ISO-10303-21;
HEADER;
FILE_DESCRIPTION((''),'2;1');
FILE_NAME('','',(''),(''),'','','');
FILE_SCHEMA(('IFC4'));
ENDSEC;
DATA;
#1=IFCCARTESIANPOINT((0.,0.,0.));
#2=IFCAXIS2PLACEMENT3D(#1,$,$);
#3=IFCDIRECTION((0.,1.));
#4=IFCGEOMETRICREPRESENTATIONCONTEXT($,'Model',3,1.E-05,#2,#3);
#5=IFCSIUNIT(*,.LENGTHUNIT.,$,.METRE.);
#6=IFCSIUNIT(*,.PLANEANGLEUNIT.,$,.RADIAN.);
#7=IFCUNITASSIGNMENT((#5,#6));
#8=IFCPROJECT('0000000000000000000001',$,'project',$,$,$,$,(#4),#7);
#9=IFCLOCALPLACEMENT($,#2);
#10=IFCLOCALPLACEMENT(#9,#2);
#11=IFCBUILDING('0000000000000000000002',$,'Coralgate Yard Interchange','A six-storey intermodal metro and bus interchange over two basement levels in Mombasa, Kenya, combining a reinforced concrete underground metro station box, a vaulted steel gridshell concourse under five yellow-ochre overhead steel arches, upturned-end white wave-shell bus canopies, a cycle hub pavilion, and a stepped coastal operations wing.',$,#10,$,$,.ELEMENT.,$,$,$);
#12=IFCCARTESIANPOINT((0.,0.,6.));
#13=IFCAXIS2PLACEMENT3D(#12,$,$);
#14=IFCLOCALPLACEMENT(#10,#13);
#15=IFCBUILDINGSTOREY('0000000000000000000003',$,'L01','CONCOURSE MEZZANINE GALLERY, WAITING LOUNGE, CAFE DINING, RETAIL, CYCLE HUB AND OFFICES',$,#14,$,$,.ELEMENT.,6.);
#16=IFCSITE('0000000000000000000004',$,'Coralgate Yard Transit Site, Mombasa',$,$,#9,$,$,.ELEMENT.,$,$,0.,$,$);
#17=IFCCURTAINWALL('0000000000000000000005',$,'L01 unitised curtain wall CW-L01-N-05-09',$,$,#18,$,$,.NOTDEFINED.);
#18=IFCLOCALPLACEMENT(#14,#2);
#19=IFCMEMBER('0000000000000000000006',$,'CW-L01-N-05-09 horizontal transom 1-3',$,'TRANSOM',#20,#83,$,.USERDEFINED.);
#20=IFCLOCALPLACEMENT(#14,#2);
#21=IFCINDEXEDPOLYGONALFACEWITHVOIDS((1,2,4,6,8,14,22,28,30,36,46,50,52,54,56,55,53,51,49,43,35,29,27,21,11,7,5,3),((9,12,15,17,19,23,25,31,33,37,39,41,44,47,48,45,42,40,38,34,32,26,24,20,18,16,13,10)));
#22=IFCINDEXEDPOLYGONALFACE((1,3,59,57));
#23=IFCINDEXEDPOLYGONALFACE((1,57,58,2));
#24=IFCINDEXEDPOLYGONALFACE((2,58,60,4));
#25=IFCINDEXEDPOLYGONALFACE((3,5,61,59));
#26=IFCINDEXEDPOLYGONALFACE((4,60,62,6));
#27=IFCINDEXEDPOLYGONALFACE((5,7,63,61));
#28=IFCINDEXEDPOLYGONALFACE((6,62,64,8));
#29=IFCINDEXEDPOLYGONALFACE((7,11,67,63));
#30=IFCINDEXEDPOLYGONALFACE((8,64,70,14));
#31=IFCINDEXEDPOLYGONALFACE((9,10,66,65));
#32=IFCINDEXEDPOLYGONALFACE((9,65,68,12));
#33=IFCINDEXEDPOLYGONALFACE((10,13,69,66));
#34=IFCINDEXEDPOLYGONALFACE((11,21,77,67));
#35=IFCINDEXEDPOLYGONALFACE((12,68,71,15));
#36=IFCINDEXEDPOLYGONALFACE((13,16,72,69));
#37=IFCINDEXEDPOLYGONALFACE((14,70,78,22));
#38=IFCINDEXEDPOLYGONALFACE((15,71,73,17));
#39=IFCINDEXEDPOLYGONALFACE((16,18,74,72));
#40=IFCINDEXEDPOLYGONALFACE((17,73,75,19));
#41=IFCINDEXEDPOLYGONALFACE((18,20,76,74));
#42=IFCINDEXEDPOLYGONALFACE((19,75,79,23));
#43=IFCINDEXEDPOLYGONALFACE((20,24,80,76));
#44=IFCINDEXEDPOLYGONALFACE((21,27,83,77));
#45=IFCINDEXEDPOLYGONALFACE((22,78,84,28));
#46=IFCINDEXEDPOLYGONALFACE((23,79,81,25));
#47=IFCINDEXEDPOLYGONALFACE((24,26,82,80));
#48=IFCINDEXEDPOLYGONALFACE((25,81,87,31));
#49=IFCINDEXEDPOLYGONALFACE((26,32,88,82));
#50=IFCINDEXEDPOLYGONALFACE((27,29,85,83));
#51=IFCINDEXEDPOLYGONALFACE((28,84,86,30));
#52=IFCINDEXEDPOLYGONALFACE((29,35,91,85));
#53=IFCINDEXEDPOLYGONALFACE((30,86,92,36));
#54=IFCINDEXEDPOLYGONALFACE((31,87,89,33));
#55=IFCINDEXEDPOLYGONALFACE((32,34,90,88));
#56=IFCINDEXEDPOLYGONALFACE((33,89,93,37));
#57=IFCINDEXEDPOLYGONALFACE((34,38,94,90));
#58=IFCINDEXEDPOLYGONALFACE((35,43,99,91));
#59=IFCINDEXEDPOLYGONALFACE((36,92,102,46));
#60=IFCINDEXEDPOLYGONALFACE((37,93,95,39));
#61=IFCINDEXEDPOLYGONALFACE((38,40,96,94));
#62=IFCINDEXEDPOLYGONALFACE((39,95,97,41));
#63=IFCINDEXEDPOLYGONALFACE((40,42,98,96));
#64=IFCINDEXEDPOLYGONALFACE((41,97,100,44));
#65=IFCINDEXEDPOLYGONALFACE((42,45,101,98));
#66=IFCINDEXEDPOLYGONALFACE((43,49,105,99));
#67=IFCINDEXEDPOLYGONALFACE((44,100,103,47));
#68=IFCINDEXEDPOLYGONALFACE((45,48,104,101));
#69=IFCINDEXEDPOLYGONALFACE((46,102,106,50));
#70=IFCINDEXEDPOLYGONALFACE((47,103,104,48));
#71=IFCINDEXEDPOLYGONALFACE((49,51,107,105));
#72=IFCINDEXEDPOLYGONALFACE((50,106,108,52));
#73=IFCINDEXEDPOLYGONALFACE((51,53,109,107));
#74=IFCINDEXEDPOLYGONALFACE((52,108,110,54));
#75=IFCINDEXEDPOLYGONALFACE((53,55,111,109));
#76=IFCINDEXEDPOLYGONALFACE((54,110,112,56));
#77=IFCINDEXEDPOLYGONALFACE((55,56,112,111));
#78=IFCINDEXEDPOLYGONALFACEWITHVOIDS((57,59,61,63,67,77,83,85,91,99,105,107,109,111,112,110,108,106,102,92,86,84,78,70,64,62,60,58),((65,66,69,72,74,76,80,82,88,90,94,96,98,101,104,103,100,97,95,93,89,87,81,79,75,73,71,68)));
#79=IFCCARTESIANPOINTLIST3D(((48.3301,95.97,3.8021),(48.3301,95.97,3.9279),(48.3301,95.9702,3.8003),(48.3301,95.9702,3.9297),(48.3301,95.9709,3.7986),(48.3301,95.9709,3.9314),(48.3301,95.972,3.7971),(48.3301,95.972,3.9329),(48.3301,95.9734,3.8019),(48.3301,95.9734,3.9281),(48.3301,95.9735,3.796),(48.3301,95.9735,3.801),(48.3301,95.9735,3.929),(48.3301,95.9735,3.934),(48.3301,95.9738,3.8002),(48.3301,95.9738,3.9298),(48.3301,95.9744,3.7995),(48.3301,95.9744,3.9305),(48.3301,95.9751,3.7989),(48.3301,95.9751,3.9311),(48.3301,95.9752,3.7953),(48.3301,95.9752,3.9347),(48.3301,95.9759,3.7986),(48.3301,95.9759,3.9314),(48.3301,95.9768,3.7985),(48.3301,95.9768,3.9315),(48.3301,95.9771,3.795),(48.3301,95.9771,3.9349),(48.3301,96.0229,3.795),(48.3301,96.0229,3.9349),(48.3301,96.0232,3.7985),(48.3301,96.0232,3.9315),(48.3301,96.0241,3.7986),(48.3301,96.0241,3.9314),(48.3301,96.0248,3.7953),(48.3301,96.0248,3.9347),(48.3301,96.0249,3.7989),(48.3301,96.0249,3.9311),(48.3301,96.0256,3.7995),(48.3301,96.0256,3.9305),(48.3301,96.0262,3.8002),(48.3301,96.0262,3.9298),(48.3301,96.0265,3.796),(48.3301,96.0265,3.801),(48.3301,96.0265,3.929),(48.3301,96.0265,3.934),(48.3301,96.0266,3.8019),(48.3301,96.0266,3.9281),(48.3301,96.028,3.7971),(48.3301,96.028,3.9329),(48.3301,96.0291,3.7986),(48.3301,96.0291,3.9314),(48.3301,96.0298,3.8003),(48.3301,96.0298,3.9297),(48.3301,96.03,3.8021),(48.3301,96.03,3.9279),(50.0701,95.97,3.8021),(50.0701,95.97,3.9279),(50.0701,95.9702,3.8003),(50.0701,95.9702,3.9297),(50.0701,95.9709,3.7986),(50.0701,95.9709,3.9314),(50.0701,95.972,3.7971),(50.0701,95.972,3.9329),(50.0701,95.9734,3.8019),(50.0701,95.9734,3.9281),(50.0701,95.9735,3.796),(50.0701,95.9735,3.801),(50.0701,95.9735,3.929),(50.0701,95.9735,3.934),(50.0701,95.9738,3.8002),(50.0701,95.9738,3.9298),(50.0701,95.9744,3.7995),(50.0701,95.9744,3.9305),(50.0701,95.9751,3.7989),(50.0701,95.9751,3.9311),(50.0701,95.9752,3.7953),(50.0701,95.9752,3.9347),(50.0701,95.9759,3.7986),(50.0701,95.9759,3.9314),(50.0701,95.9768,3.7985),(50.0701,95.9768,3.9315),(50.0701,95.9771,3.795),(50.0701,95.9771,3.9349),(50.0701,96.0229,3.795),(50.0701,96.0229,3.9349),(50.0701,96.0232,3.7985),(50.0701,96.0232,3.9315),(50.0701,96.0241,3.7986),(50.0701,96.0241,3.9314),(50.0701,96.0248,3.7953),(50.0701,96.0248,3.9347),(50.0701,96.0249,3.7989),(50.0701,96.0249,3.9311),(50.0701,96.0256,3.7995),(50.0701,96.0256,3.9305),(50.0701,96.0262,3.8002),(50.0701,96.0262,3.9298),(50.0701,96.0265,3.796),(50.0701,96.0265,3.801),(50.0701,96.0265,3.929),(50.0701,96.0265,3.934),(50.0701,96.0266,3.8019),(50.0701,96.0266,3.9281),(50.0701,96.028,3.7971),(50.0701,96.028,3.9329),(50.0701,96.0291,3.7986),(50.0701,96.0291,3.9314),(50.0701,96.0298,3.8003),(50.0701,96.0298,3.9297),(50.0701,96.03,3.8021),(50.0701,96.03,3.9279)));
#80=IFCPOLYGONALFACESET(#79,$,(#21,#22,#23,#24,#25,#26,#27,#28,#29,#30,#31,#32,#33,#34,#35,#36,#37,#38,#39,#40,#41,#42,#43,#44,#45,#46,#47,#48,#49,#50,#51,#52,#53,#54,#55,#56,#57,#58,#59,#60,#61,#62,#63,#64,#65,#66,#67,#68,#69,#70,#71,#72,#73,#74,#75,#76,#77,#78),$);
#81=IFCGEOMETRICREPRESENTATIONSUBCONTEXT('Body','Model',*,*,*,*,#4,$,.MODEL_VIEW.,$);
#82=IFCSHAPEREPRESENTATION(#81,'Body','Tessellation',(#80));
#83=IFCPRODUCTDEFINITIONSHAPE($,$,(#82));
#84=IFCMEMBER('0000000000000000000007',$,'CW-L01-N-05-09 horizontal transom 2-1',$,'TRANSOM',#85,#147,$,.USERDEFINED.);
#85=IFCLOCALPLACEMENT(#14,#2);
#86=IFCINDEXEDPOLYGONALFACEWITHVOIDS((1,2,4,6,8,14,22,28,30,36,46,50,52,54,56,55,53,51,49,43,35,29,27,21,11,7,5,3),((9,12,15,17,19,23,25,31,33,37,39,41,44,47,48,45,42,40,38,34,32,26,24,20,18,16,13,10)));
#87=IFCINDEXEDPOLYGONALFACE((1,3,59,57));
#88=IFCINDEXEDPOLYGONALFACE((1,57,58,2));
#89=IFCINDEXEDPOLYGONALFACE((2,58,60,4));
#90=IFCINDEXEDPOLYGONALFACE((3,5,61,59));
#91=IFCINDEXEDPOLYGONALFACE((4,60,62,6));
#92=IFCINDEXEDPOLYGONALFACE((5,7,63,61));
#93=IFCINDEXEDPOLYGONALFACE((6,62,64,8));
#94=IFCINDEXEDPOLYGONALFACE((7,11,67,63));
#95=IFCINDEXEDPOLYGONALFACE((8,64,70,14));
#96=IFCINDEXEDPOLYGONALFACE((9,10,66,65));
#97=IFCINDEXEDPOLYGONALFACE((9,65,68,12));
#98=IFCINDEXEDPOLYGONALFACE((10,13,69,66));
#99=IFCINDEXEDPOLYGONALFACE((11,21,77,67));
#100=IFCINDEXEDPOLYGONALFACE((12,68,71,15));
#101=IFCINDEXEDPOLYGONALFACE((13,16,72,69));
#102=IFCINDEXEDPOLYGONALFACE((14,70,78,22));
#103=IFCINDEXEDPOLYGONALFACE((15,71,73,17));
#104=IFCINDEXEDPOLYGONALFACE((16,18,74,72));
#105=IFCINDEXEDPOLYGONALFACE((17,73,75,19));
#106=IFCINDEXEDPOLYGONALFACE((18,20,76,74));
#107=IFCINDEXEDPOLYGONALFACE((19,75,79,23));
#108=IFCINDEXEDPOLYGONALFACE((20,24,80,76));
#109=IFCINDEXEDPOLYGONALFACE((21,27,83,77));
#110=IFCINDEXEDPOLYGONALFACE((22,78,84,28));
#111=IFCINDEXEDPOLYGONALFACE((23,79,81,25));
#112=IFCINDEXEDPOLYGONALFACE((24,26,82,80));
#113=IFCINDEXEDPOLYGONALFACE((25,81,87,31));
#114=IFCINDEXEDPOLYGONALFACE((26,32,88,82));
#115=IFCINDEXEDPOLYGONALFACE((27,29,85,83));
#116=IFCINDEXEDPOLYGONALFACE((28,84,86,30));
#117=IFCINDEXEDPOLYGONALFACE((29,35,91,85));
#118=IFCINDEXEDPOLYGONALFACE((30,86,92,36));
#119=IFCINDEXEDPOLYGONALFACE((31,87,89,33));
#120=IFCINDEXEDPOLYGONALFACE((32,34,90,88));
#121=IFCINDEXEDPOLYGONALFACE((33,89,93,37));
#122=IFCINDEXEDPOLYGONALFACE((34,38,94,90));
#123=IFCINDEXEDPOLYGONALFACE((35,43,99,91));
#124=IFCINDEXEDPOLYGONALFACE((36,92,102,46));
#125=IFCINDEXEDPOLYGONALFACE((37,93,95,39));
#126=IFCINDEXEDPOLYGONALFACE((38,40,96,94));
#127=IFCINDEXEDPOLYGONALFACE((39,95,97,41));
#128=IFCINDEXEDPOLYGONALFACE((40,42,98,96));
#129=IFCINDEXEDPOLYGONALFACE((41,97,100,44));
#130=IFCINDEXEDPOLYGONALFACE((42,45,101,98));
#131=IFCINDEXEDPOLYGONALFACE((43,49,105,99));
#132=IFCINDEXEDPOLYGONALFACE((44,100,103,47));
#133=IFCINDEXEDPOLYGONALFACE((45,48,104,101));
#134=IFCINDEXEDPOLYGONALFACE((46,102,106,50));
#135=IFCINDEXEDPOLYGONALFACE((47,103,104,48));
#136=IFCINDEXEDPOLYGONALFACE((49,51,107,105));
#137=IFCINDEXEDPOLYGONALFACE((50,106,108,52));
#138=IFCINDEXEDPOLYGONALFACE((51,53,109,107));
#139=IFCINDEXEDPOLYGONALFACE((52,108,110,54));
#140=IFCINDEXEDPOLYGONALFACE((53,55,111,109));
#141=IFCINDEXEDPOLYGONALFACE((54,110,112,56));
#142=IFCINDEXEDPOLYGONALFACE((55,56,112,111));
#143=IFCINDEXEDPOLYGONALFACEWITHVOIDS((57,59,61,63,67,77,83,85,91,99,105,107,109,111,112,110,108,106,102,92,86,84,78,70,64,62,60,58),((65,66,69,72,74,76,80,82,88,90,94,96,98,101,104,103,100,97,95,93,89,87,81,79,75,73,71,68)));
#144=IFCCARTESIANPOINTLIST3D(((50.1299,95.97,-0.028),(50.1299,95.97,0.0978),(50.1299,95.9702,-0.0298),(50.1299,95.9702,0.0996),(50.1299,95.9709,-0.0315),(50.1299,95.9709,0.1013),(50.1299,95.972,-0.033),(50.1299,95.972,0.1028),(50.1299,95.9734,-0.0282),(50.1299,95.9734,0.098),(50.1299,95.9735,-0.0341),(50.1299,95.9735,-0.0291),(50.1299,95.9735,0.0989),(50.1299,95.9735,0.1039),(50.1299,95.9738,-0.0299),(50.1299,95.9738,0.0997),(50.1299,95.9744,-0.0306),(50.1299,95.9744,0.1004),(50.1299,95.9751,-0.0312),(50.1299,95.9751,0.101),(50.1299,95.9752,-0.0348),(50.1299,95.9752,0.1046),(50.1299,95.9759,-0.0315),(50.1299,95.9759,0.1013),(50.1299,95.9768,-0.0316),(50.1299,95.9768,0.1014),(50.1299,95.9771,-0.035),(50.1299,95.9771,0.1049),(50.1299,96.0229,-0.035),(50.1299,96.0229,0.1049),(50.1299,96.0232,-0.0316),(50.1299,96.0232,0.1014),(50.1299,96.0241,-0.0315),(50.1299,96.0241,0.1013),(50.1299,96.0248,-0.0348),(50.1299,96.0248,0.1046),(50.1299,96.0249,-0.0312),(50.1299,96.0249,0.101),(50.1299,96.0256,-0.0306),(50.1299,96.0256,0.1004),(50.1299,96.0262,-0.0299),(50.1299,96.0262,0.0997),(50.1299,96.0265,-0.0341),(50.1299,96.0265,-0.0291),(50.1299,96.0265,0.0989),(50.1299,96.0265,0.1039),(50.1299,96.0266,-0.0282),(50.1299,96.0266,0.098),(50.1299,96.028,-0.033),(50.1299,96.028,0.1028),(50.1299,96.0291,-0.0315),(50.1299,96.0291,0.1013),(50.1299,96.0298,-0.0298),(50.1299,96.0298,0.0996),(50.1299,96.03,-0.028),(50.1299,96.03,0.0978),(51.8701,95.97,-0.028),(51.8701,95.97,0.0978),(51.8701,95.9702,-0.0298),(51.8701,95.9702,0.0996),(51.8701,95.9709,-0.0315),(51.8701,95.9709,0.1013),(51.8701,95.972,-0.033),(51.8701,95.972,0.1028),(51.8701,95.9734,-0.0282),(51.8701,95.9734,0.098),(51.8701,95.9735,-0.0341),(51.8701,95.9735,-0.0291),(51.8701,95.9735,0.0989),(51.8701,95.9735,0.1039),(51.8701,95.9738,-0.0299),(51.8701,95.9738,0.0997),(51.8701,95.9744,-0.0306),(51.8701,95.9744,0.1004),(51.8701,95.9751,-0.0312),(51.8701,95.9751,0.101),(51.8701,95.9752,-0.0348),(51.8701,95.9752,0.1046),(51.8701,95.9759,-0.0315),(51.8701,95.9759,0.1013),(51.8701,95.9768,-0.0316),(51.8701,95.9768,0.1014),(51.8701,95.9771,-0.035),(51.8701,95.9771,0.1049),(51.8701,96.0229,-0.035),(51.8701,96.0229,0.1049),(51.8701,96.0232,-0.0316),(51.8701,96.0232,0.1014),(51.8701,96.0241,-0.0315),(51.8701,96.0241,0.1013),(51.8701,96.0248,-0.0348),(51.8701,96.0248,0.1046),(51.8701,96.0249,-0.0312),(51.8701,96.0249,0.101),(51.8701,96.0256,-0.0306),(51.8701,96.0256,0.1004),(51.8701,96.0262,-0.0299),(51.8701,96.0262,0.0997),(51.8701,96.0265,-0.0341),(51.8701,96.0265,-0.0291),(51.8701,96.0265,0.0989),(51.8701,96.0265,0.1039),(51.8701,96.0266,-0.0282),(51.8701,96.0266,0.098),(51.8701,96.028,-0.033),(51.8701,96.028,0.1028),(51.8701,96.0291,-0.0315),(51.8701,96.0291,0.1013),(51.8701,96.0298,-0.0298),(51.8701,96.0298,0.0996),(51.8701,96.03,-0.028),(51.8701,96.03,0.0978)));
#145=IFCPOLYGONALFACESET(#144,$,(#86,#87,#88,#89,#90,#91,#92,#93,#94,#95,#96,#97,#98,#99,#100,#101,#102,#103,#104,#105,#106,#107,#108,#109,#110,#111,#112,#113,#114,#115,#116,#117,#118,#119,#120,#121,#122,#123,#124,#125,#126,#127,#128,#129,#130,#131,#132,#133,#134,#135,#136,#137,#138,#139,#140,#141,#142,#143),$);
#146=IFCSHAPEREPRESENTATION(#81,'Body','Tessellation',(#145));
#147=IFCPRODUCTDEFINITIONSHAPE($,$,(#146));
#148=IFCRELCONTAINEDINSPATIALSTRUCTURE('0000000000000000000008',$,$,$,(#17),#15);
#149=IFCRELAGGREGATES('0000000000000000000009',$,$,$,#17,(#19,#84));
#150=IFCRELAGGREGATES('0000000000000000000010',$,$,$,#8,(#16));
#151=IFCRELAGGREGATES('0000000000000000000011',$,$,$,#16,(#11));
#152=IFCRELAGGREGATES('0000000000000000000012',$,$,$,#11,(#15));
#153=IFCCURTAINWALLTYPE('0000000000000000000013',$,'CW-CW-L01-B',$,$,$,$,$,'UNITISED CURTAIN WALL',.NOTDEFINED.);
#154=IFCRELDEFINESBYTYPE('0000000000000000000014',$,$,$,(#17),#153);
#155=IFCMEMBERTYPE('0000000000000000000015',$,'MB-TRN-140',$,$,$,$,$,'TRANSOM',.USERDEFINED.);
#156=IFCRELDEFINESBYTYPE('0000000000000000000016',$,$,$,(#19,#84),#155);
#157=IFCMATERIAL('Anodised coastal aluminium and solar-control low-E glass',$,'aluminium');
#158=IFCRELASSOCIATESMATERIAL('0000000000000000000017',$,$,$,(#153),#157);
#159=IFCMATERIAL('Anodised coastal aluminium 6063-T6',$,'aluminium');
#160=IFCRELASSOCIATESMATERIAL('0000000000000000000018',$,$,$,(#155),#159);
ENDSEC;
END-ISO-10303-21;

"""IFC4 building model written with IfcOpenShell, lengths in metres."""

from ifc_helpers import new_model, si_unit, direction, frame, origin, origin_2d, place, context, subcontext, project, spatial, hollow_rectangle, extrude, material, material_profile, profile_set, type_object, element, aggregate, save


model = new_model("IFC4")

# Units and contexts
model_context = context("Model", 3, precision=1e-05, world=origin(), true_north=direction((0.0, 1.0)))
body_context = subcontext(model_context, "Body", "Model", "MODEL_VIEW")
ifc_project = project(units=[si_unit("LENGTHUNIT", "METRE"), si_unit("PLANEANGLEUNIT", "RADIAN")], contexts=[model_context])

# Site, building, storey
site_placement = place(None, origin())
site = spatial("IfcSite", under=ifc_project, at=site_placement, Name="Coralgate Yard Transit Site, Mombasa", CompositionType="ELEMENT", RefElevation=0.0)
building_placement = place(site_placement, origin())
building = spatial("IfcBuilding", under=site, at=building_placement, Name="Coralgate Yard Interchange", Description="A six-storey intermodal metro and bus interchange over two basement levels in Mombasa, Kenya, combining a reinforced concrete underground metro station box, a vaulted steel gridshell concourse under five yellow-ochre overhead steel arches, upturned-end white wave-shell bus canopies, a cycle hub pavilion, and a stepped coastal operations wing.", CompositionType="ELEMENT")
storey_placement = place(building_placement, frame((0.0, 0.0, 6.0)))
storey = spatial("IfcBuildingStorey", under=building, at=storey_placement, Name="L01", Description="CONCOURSE MEZZANINE GALLERY, WAITING LOUNGE, CAFE DINING, RETAIL, CYCLE HUB AND OFFICES", CompositionType="ELEMENT", Elevation=6.0)

# Curtain wall, members
ifc_material_1 = material(Name="Anodised coastal aluminium and solar-control low-E glass", Category="aluminium")
curtain_wall_type = type_object("IfcCurtainWallType", Name="CW-CW-L01-B", ElementType="UNITISED CURTAIN WALL", PredefinedType="NOTDEFINED", material=ifc_material_1)
curtain_wall_placement = place(storey_placement, origin())
curtain_wall = element("IfcCurtainWall", 1, at=curtain_wall_placement, inside=storey, type_object=curtain_wall_type, Name="L01 unitised curtain wall CW-L01-N-05-09", PredefinedType="NOTDEFINED")
ifc_material_2 = material(Name="Anodised coastal aluminium 6063-T6", Category="aluminium")
ifc_material_profile_1 = material_profile(ifc_material_2, hollow_rectangle(XDim=0.0601, YDim=0.1399, WallThickness=0.0034, InnerFilletRadius=0.0034, OuterFilletRadius=0.0071, at=origin_2d()), Name="ALU 60x140x3.5")
ifc_profile_set_1 = profile_set([ifc_material_profile_1], Name="Anodised coastal aluminium 6063-T6")
member_type_1 = type_object("IfcMemberType", Name="MB-TRN-140", ElementType="TRANSOM", PredefinedType="USERDEFINED", material=ifc_profile_set_1)
member_1_placement = place(storey_placement, frame((48.3301, 96.0, 3.865), z_axis=(1.0, 0.0, 0.0), x_axis=(0.0, 1.0, 0.0)))
member_1 = element("IfcMember", 2, at=member_1_placement, type_object=member_type_1, Name="CW-L01-N-05-09 horizontal transom 1-3", ObjectType="TRANSOM", PredefinedType="USERDEFINED", context=body_context, shape_type="SweptSolid", body=[
    extrude(hollow_rectangle(XDim=0.0601, YDim=0.1399, WallThickness=0.0034, InnerFilletRadius=0.0034, OuterFilletRadius=0.0071, at=origin_2d()), origin(), (0.0, 0.0, 1.0), 1.74),
])
member_2_placement = place(storey_placement, frame((50.1299, 96.0, 0.0349), z_axis=(1.0, 0.0, 0.0), x_axis=(0.0, 1.0, 0.0)))
member_2 = element("IfcMember", 3, at=member_2_placement, type_object=member_type_1, Name="CW-L01-N-05-09 horizontal transom 2-1", ObjectType="TRANSOM", PredefinedType="USERDEFINED", context=body_context, shape_type="SweptSolid", body=[
    extrude(hollow_rectangle(XDim=0.0601, YDim=0.1399, WallThickness=0.0034, InnerFilletRadius=0.0034, OuterFilletRadius=0.0071, at=origin_2d()), origin(), (0.0, 0.0, 1.0), 1.7402),
])
aggregate(curtain_wall, [member_1, member_2])

save(model, "model.ifc")
